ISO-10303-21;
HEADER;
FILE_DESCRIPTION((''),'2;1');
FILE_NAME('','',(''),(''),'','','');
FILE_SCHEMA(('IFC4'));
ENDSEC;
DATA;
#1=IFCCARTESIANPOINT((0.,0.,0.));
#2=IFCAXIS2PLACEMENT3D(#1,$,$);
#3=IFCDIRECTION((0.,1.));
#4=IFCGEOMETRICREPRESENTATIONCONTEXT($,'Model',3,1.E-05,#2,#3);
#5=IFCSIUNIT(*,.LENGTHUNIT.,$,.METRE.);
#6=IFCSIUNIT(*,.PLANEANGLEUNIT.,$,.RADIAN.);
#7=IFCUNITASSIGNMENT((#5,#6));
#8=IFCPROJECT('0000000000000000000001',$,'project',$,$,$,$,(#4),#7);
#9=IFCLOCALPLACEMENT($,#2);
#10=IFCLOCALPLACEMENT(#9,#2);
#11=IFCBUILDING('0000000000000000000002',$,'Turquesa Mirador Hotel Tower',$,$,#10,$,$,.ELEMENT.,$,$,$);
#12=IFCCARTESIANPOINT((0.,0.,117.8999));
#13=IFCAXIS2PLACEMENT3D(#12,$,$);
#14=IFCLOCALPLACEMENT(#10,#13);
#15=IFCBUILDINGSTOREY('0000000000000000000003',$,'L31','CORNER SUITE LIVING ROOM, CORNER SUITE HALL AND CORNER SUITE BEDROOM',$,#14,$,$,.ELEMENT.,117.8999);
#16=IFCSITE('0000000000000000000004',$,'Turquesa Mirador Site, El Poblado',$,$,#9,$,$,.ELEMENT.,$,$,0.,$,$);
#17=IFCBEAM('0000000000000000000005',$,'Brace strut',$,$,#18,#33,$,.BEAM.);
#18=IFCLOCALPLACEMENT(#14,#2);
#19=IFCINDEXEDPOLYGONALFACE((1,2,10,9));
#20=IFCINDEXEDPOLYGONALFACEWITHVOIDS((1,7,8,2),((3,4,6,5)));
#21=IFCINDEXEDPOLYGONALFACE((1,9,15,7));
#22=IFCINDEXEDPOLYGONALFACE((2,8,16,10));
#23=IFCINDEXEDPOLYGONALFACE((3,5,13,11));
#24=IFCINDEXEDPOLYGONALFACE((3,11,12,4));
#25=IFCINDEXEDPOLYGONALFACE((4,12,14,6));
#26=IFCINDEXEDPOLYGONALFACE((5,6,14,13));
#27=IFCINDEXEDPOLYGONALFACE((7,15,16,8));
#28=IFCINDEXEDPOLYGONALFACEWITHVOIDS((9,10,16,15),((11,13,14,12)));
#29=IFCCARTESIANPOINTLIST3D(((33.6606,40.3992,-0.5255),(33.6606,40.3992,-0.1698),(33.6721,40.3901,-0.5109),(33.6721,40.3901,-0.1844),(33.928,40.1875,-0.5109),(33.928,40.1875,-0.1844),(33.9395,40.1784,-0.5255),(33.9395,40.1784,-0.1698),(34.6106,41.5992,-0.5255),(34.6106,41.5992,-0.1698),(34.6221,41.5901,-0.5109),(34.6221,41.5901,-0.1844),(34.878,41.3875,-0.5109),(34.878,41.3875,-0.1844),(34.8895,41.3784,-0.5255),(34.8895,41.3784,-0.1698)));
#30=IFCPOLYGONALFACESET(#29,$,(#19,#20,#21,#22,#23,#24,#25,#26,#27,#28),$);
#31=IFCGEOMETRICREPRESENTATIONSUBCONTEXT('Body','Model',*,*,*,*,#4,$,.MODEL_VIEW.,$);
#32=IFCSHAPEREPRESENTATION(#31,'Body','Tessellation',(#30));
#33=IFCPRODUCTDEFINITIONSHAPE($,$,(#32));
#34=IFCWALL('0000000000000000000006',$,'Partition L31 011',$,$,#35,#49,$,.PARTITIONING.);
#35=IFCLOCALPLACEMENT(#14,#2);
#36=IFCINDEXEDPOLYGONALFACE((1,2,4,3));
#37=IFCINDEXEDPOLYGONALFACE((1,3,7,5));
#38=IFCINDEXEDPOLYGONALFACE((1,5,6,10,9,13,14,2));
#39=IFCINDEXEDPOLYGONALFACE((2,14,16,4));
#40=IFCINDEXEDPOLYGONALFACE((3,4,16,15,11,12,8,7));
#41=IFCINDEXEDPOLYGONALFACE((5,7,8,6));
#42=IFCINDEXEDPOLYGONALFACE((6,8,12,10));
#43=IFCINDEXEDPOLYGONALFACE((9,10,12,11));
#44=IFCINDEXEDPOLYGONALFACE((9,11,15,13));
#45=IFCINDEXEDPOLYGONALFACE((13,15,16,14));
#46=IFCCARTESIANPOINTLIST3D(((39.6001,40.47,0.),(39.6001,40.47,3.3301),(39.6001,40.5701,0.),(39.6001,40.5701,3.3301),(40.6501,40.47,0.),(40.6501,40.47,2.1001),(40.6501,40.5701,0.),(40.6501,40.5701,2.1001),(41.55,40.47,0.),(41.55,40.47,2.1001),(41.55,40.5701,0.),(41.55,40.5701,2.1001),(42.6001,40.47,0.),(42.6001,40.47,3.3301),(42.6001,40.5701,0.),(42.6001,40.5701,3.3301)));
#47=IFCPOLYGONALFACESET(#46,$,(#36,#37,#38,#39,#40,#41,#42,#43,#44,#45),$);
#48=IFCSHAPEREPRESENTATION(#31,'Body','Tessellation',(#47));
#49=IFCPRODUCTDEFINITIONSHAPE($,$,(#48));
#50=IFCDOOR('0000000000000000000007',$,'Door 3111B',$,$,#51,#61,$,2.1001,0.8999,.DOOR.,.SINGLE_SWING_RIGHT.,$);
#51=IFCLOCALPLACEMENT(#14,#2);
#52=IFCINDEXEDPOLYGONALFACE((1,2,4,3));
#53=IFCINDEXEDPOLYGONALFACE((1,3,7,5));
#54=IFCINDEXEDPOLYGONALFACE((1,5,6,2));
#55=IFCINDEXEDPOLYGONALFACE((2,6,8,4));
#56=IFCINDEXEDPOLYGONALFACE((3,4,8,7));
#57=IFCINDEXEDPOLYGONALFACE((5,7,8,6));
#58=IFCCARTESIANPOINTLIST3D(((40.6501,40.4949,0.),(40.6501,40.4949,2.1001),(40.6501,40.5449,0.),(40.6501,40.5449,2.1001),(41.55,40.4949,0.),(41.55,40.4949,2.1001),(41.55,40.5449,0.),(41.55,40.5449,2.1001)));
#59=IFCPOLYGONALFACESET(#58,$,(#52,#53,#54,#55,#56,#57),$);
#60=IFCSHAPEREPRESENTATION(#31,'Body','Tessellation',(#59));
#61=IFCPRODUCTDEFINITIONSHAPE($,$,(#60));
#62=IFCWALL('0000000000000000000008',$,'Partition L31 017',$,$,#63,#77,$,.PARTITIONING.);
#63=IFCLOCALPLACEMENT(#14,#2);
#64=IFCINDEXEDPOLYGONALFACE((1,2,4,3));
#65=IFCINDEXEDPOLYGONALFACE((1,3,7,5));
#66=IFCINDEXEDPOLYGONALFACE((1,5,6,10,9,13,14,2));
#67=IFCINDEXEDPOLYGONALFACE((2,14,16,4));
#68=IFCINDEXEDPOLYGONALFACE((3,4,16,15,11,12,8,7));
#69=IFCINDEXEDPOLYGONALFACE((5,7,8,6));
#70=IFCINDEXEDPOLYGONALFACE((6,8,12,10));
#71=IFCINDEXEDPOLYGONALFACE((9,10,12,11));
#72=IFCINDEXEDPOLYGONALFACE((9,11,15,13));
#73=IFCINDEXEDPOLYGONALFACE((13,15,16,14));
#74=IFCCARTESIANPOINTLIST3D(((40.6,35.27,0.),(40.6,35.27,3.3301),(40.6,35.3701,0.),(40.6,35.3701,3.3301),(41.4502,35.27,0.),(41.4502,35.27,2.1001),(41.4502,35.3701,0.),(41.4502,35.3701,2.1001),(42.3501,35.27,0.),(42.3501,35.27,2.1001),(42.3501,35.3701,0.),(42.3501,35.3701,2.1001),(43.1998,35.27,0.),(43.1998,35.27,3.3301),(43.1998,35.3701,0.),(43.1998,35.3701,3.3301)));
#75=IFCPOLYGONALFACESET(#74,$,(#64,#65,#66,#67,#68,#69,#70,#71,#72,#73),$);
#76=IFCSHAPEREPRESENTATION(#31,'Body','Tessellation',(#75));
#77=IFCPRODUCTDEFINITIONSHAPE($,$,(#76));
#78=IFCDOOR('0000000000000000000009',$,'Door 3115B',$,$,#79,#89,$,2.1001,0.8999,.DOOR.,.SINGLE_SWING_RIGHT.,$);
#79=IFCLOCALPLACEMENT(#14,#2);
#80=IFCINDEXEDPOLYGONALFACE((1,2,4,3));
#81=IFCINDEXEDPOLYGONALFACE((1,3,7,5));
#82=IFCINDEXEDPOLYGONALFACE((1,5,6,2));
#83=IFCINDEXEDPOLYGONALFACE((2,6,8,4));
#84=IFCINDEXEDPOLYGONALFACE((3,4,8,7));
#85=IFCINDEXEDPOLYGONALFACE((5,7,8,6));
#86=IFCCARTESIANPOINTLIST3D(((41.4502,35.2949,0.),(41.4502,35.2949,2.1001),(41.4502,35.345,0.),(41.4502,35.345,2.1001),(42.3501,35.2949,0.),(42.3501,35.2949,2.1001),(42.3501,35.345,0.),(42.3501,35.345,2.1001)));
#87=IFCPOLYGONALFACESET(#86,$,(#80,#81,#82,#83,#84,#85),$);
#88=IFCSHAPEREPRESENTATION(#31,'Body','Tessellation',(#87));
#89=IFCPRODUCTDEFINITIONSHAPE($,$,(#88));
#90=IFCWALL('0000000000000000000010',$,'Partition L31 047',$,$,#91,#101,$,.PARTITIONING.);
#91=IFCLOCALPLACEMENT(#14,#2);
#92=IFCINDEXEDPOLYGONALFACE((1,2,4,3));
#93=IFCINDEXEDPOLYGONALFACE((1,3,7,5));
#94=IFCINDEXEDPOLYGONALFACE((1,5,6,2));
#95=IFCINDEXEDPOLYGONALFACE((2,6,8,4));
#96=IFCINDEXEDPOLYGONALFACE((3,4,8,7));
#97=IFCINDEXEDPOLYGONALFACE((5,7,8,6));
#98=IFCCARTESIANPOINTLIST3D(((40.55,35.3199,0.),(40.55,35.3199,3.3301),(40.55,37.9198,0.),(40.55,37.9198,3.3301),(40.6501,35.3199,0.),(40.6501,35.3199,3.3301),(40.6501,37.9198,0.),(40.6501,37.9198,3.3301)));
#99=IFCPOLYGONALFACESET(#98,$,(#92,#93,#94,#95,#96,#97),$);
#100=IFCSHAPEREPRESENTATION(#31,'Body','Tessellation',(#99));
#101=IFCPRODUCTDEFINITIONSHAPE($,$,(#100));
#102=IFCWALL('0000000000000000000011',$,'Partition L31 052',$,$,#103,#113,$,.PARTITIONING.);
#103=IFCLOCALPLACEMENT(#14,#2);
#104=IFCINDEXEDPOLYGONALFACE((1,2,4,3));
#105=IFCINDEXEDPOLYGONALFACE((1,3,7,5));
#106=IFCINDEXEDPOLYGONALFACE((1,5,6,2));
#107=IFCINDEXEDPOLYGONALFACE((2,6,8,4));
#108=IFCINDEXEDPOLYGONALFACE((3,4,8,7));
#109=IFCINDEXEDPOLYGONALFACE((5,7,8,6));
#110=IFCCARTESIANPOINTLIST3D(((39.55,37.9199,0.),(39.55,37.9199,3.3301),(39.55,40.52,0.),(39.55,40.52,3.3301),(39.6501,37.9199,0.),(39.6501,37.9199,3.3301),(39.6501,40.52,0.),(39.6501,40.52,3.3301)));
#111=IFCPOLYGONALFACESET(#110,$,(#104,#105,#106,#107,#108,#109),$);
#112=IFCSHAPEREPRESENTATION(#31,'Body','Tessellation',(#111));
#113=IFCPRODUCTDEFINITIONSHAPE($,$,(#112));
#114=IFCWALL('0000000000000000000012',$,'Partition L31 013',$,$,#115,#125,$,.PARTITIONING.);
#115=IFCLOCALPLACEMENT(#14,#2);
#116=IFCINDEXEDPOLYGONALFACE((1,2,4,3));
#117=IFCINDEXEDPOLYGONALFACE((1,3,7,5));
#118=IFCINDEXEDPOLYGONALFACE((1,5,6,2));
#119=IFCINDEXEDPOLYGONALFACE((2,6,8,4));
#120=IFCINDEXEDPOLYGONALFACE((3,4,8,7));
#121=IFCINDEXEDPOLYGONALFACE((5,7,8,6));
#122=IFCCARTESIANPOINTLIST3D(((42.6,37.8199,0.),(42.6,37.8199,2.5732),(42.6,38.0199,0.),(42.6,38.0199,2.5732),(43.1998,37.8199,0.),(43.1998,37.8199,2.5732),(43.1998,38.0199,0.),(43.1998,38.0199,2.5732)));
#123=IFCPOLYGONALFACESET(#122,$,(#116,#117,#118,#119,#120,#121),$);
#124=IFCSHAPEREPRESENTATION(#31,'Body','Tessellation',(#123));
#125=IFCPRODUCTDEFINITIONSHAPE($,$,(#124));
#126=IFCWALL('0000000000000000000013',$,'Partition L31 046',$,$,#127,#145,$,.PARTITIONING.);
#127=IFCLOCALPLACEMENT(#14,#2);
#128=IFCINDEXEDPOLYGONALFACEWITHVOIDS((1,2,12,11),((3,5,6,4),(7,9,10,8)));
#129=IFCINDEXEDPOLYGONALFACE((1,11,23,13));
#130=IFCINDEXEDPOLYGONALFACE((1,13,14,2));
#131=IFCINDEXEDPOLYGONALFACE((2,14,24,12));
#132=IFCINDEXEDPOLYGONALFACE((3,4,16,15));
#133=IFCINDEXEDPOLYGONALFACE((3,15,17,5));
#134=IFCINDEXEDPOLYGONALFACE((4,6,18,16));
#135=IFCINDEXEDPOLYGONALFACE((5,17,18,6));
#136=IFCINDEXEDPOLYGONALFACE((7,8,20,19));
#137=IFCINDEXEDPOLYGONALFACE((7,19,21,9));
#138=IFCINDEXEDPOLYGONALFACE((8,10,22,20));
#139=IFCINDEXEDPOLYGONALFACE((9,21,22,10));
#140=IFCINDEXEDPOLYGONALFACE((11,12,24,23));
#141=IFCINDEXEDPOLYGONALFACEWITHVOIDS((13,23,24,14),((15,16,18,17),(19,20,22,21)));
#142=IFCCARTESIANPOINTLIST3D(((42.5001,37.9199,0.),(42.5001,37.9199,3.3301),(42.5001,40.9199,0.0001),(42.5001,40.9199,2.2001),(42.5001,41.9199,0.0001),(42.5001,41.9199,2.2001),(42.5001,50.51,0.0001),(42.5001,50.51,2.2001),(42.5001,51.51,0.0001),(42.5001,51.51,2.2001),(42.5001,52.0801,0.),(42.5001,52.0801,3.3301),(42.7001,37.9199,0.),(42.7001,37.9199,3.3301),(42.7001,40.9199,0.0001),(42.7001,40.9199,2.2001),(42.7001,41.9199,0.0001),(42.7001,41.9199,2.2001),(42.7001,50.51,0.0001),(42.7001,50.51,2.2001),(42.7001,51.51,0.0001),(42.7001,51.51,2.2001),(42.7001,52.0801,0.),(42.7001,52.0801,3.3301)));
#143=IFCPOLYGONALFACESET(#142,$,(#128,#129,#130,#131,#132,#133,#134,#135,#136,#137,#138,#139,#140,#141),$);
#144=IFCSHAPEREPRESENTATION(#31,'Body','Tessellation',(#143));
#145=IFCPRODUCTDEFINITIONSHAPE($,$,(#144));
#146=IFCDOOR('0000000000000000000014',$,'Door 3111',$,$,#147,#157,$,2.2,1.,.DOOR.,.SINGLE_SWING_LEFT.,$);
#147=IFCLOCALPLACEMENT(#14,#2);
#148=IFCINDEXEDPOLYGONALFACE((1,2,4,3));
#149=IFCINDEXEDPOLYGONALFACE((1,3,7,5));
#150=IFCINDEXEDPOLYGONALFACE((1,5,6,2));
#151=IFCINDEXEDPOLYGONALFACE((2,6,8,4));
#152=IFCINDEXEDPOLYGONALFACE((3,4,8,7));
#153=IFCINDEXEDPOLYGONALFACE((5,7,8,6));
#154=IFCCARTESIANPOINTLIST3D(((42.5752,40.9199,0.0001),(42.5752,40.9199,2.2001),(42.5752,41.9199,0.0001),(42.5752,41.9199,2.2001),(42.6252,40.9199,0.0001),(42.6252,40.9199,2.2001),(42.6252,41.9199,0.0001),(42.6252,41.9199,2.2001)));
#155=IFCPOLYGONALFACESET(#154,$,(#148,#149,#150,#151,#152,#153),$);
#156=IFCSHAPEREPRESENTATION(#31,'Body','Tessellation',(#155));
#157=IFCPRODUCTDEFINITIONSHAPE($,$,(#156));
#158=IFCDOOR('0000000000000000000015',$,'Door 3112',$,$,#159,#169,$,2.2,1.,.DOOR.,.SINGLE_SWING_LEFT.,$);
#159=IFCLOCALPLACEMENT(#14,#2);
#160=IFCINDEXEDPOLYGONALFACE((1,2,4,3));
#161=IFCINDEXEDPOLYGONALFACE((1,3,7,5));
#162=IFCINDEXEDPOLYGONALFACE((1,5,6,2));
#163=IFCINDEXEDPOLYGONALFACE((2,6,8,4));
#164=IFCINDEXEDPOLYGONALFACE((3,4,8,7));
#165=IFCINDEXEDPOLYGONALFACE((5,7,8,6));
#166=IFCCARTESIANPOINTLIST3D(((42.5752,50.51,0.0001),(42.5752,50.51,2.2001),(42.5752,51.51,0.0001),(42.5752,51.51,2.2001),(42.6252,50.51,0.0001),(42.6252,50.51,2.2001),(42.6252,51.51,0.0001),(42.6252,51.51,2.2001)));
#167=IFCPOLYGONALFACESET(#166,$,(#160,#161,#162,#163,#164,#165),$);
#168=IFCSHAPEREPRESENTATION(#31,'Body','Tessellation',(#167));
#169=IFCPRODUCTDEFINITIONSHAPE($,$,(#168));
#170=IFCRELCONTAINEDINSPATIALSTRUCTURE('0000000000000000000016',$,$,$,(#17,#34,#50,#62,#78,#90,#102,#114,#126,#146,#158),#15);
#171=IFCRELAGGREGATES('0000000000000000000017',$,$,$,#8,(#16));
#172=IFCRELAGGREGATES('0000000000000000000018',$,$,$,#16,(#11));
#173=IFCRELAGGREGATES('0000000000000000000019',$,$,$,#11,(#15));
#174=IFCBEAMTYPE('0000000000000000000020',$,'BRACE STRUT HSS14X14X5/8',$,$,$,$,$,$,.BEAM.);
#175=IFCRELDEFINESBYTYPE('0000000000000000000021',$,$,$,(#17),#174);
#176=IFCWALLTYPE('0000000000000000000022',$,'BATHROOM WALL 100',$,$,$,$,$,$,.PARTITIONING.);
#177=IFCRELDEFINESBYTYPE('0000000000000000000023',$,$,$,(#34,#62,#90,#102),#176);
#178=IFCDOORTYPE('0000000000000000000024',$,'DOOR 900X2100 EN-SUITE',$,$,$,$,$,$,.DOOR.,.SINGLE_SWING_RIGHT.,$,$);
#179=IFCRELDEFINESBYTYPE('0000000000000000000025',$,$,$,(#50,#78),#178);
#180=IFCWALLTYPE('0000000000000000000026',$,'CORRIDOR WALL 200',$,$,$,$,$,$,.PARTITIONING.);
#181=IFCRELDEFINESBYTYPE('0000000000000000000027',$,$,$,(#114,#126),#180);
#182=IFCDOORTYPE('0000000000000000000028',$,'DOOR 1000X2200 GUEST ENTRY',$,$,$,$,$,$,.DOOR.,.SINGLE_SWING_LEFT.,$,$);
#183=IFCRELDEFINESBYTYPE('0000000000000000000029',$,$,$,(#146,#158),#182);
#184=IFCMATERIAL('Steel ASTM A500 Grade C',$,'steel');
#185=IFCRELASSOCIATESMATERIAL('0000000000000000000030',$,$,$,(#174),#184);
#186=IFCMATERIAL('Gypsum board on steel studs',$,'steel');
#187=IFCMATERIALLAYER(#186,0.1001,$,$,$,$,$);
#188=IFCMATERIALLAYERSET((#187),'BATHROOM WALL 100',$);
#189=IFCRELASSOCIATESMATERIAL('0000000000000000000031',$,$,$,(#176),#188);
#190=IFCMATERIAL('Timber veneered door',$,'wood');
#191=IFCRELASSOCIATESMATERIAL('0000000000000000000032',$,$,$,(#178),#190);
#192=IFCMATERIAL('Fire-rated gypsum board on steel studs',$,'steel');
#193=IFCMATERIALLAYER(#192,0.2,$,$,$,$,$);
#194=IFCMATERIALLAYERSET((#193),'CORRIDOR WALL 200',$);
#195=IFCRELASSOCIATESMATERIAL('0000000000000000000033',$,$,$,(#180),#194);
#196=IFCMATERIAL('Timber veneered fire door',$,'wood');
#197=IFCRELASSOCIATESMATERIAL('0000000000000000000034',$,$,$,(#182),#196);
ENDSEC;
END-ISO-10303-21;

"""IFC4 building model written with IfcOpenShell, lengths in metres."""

from ifc_helpers import new_model, si_unit, direction, frame, frame_2d, origin, origin_2d, place, context, subcontext, project, spatial, rectangle, hollow_rectangle, extrude, material, layer, layer_set, material_profile, profile_set, type_object, element, fill, save


model = new_model("IFC4")

# Units and contexts
model_context = context("Model", 3, precision=1e-05, world=origin(), true_north=direction((0.0, 1.0)))
body_context = subcontext(model_context, "Body", "Model", "MODEL_VIEW")
ifc_project = project(units=[si_unit("LENGTHUNIT", "METRE"), si_unit("PLANEANGLEUNIT", "RADIAN")], contexts=[model_context])

# Site, building, storey
site_placement = place(None, origin())
site = spatial("IfcSite", under=ifc_project, at=site_placement, Name="Turquesa Mirador Site, El Poblado", CompositionType="ELEMENT", RefElevation=0.0)
building_placement = place(site_placement, origin())
building = spatial("IfcBuilding", under=site, at=building_placement, Name="Turquesa Mirador Hotel Tower", CompositionType="ELEMENT")
storey_placement = place(building_placement, frame((0.0, 0.0, 117.8999)))
storey = spatial("IfcBuildingStorey", under=building, at=storey_placement, Name="L31", Description="CORNER SUITE LIVING ROOM, CORNER SUITE HALL AND CORNER SUITE BEDROOM", CompositionType="ELEMENT", Elevation=117.8999)

# Beam
ifc_material_1 = material(Name="Steel ASTM A500 Grade C", Category="steel")
ifc_material_profile_1 = material_profile(ifc_material_1, hollow_rectangle(XDim=0.3557, YDim=0.3557, WallThickness=0.0146, at=origin_2d()), Name="HSS14X14X5/8")
ifc_profile_set_1 = profile_set([ifc_material_profile_1], Name="Steel ASTM A500 Grade C")
beam_type_1 = type_object("IfcBeamType", Name="BRACE STRUT HSS14X14X5/8", PredefinedType="BEAM", material=ifc_profile_set_1)
for number, where, z_axis, x_axis, name in (
    (1, (33.8, 40.2888, -0.3477), (0.620699, 0.784049, 0.0), (-0.784049, 0.620699, 0.0), "Brace strut"),
):
    element("IfcBeam", number, at=place(storey_placement, frame(where, z_axis=z_axis, x_axis=x_axis)), inside=storey, type_object=beam_type_1, Name=name, PredefinedType="BEAM", context=body_context, shape_type="SweptSolid", body=[
        extrude(hollow_rectangle(XDim=0.3557, YDim=0.3557, WallThickness=0.0146, at=origin_2d()), origin(), (0.0, 0.0, 1.0), 1.5305),
    ])

# Walls, openings, doors
ifc_material_2 = material(Name="Gypsum board on steel studs", Category="steel")
ifc_layer_1 = layer(ifc_material_2, 0.1001)
ifc_layer_set_1 = layer_set([ifc_layer_1], Name="BATHROOM WALL 100")
wall_type_1 = type_object("IfcWallType", Name="BATHROOM WALL 100", PredefinedType="PARTITIONING", material=ifc_layer_set_1)
wall_1_placement = place(storey_placement, frame((39.6001, 40.52, 0.0), z_axis=(0.0, 0.0, 1.0), x_axis=(1.0, 0.0, 0.0)))
wall_1 = element("IfcWall", 2, at=wall_1_placement, inside=storey, type_object=wall_type_1, Name="Partition L31 011", PredefinedType="PARTITIONING", context=body_context, shape_type="SweptSolid", body=[
    extrude(rectangle(XDim=3.0, YDim=0.1001, at=frame_2d((1.5, 0.0))), origin(), (0.0, 0.0, 1.0), 3.3301),
])
opening_1_placement = place(wall_1_placement, frame((1.05, 0.0, 0.0)))
opening_1 = element("IfcOpeningElement", 3, at=opening_1_placement, cuts=wall_1, PredefinedType="OPENING", context=body_context, shape_type="SweptSolid", body=[
    extrude(rectangle(XDim=0.8999, YDim=2.1001, at=frame_2d((0.45, 1.05))), frame((0.0, 0.0601, 0.0), z_axis=(0.0, -1.0, 0.0), x_axis=(1.0, 0.0, 0.0)), (0.0, 0.0, 1.0), 0.1201),
])
ifc_material_3 = material(Name="Timber veneered door", Category="wood")
door_type_1 = type_object("IfcDoorType", Name="DOOR 900X2100 EN-SUITE", OperationType="SINGLE_SWING_RIGHT", PredefinedType="DOOR", material=ifc_material_3)
door_1_placement = place(opening_1_placement, origin())
door_1 = element("IfcDoor", 4, at=door_1_placement, inside=storey, type_object=door_type_1, Name="Door 3111B", OperationType="SINGLE_SWING_RIGHT", OverallHeight=2.1001, OverallWidth=0.8999, PredefinedType="DOOR", context=body_context, shape_type="SweptSolid", body=[
    extrude(rectangle(XDim=0.8999, YDim=2.1001, at=frame_2d((0.45, 1.05))), frame((0.0, 0.0249, 0.0), z_axis=(0.0, -1.0, 0.0), x_axis=(1.0, 0.0, 0.0)), (0.0, 0.0, 1.0), 0.05),
])
fill(opening_1, door_1)
wall_2_placement = place(storey_placement, frame((40.6001, 35.3201, 0.0), z_axis=(0.0, 0.0, 1.0), x_axis=(1.0, 0.0, 0.0)))
wall_2 = element("IfcWall", 5, at=wall_2_placement, inside=storey, type_object=wall_type_1, Name="Partition L31 017", PredefinedType="PARTITIONING", context=body_context, shape_type="SweptSolid", body=[
    extrude(rectangle(XDim=2.5999, YDim=0.1001, at=frame_2d((1.2998, 0.0))), origin(), (0.0, 0.0, 1.0), 3.3301),
])
opening_2_placement = place(wall_2_placement, frame((0.8501, 0.0, 0.0)))
opening_2 = element("IfcOpeningElement", 6, at=opening_2_placement, cuts=wall_2, PredefinedType="OPENING", context=body_context, shape_type="SweptSolid", body=[
    extrude(rectangle(XDim=0.8999, YDim=2.1001, at=frame_2d((0.45, 1.05))), frame((0.0, 0.0601, 0.0), z_axis=(0.0, -1.0, 0.0), x_axis=(1.0, 0.0, 0.0)), (0.0, 0.0, 1.0), 0.1201),
])
door_2_placement = place(opening_2_placement, origin())
door_2 = element("IfcDoor", 7, at=door_2_placement, inside=storey, type_object=door_type_1, Name="Door 3115B", OperationType="SINGLE_SWING_RIGHT", OverallHeight=2.1001, OverallWidth=0.8999, PredefinedType="DOOR", context=body_context, shape_type="SweptSolid", body=[
    extrude(rectangle(XDim=0.8999, YDim=2.1001, at=frame_2d((0.45, 1.05))), frame((0.0, 0.0249, 0.0), z_axis=(0.0, -1.0, 0.0), x_axis=(1.0, 0.0, 0.0)), (0.0, 0.0, 1.0), 0.05),
])
fill(opening_2, door_2)

# Walls
wall_3_placement = place(storey_placement, frame((40.6001, 35.3201, 0.0), z_axis=(0.0, 0.0, 1.0), x_axis=(0.0, 1.0, 0.0)))
element("IfcWall", 8, at=wall_3_placement, inside=storey, type_object=wall_type_1, Name="Partition L31 047", PredefinedType="PARTITIONING", context=body_context, shape_type="SweptSolid", body=[
    extrude(rectangle(XDim=2.5999, YDim=0.1001, at=frame_2d((1.2998, 0.0))), origin(), (0.0, 0.0, 1.0), 3.3301),
])
wall_4_placement = place(storey_placement, frame((39.6001, 37.9199, 0.0), z_axis=(0.0, 0.0, 1.0), x_axis=(0.0, 1.0, 0.0)))
element("IfcWall", 9, at=wall_4_placement, inside=storey, type_object=wall_type_1, Name="Partition L31 052", PredefinedType="PARTITIONING", context=body_context, shape_type="SweptSolid", body=[
    extrude(rectangle(XDim=2.6001, YDim=0.1001, at=frame_2d((1.3, 0.0))), origin(), (0.0, 0.0, 1.0), 3.3301),
])
ifc_material_4 = material(Name="Fire-rated gypsum board on steel studs", Category="steel")
ifc_layer_2 = layer(ifc_material_4, 0.2)
ifc_layer_set_2 = layer_set([ifc_layer_2], Name="CORRIDOR WALL 200")
wall_type_2 = type_object("IfcWallType", Name="CORRIDOR WALL 200", PredefinedType="PARTITIONING", material=ifc_layer_set_2)
wall_5_placement = place(storey_placement, frame((42.6001, 37.9199, 0.0), z_axis=(0.0, 0.0, 1.0), x_axis=(1.0, 0.0, 0.0)))
element("IfcWall", 10, at=wall_5_placement, inside=storey, type_object=wall_type_2, Name="Partition L31 013", PredefinedType="PARTITIONING", context=body_context, shape_type="SweptSolid", body=[
    extrude(rectangle(XDim=0.5999, YDim=0.2, at=frame_2d((0.2998, 0.0))), origin(), (0.0, 0.0, 1.0), 2.5732),
])

# Wall, openings, doors
wall_6_placement = place(storey_placement, frame((42.6001, 37.9199, 0.0), z_axis=(0.0, 0.0, 1.0), x_axis=(0.0, 1.0, 0.0)))
wall_6 = element("IfcWall", 11, at=wall_6_placement, inside=storey, type_object=wall_type_2, Name="Partition L31 046", PredefinedType="PARTITIONING", context=body_context, shape_type="SweptSolid", body=[
    extrude(rectangle(XDim=14.1602, YDim=0.2, at=frame_2d((7.0801, 0.0))), origin(), (0.0, 0.0, 1.0), 3.3301),
])
opening_3_placement = place(wall_6_placement, frame((3.0, 0.0, 0.0)))
opening_3 = element("IfcOpeningElement", 12, at=opening_3_placement, cuts=wall_6, PredefinedType="OPENING", context=body_context, shape_type="SweptSolid", body=[
    extrude(rectangle(XDim=1.0, YDim=2.2, at=frame_2d((0.5, 1.1001))), frame((0.0, 0.1099, 0.0), z_axis=(0.0, -1.0, 0.0), x_axis=(1.0, 0.0, 0.0)), (0.0, 0.0, 1.0), 0.22),
])
opening_4_placement = place(wall_6_placement, frame((12.5901, 0.0, 0.0)))
opening_4 = element("IfcOpeningElement", 13, at=opening_4_placement, cuts=wall_6, PredefinedType="OPENING", context=body_context, shape_type="SweptSolid", body=[
    extrude(rectangle(XDim=1.0, YDim=2.2, at=frame_2d((0.5, 1.1001))), frame((0.0, 0.1099, 0.0), z_axis=(0.0, -1.0, 0.0), x_axis=(1.0, 0.0, 0.0)), (0.0, 0.0, 1.0), 0.22),
])
ifc_material_5 = material(Name="Timber veneered fire door", Category="wood")
door_type_2 = type_object("IfcDoorType", Name="DOOR 1000X2200 GUEST ENTRY", OperationType="SINGLE_SWING_LEFT", PredefinedType="DOOR", material=ifc_material_5)
door_3_placement = place(opening_3_placement, origin())
door_3 = element("IfcDoor", 14, at=door_3_placement, inside=storey, type_object=door_type_2, Name="Door 3111", OperationType="SINGLE_SWING_LEFT", OverallHeight=2.2, OverallWidth=1.0, PredefinedType="DOOR", context=body_context, shape_type="SweptSolid", body=[
    extrude(rectangle(XDim=1.0, YDim=2.2, at=frame_2d((0.5, 1.1001))), frame((0.0, 0.0249, 0.0), z_axis=(0.0, -1.0, 0.0), x_axis=(1.0, 0.0, 0.0)), (0.0, 0.0, 1.0), 0.05),
])
fill(opening_3, door_3)
door_4_placement = place(opening_4_placement, origin())
door_4 = element("IfcDoor", 15, at=door_4_placement, inside=storey, type_object=door_type_2, Name="Door 3112", OperationType="SINGLE_SWING_LEFT", OverallHeight=2.2, OverallWidth=1.0, PredefinedType="DOOR", context=body_context, shape_type="SweptSolid", body=[
    extrude(rectangle(XDim=1.0, YDim=2.2, at=frame_2d((0.5, 1.1001))), frame((0.0, 0.0249, 0.0), z_axis=(0.0, -1.0, 0.0), x_axis=(1.0, 0.0, 0.0)), (0.0, 0.0, 1.0), 0.05),
])
fill(opening_4, door_4)

save(model, "model.ifc")
